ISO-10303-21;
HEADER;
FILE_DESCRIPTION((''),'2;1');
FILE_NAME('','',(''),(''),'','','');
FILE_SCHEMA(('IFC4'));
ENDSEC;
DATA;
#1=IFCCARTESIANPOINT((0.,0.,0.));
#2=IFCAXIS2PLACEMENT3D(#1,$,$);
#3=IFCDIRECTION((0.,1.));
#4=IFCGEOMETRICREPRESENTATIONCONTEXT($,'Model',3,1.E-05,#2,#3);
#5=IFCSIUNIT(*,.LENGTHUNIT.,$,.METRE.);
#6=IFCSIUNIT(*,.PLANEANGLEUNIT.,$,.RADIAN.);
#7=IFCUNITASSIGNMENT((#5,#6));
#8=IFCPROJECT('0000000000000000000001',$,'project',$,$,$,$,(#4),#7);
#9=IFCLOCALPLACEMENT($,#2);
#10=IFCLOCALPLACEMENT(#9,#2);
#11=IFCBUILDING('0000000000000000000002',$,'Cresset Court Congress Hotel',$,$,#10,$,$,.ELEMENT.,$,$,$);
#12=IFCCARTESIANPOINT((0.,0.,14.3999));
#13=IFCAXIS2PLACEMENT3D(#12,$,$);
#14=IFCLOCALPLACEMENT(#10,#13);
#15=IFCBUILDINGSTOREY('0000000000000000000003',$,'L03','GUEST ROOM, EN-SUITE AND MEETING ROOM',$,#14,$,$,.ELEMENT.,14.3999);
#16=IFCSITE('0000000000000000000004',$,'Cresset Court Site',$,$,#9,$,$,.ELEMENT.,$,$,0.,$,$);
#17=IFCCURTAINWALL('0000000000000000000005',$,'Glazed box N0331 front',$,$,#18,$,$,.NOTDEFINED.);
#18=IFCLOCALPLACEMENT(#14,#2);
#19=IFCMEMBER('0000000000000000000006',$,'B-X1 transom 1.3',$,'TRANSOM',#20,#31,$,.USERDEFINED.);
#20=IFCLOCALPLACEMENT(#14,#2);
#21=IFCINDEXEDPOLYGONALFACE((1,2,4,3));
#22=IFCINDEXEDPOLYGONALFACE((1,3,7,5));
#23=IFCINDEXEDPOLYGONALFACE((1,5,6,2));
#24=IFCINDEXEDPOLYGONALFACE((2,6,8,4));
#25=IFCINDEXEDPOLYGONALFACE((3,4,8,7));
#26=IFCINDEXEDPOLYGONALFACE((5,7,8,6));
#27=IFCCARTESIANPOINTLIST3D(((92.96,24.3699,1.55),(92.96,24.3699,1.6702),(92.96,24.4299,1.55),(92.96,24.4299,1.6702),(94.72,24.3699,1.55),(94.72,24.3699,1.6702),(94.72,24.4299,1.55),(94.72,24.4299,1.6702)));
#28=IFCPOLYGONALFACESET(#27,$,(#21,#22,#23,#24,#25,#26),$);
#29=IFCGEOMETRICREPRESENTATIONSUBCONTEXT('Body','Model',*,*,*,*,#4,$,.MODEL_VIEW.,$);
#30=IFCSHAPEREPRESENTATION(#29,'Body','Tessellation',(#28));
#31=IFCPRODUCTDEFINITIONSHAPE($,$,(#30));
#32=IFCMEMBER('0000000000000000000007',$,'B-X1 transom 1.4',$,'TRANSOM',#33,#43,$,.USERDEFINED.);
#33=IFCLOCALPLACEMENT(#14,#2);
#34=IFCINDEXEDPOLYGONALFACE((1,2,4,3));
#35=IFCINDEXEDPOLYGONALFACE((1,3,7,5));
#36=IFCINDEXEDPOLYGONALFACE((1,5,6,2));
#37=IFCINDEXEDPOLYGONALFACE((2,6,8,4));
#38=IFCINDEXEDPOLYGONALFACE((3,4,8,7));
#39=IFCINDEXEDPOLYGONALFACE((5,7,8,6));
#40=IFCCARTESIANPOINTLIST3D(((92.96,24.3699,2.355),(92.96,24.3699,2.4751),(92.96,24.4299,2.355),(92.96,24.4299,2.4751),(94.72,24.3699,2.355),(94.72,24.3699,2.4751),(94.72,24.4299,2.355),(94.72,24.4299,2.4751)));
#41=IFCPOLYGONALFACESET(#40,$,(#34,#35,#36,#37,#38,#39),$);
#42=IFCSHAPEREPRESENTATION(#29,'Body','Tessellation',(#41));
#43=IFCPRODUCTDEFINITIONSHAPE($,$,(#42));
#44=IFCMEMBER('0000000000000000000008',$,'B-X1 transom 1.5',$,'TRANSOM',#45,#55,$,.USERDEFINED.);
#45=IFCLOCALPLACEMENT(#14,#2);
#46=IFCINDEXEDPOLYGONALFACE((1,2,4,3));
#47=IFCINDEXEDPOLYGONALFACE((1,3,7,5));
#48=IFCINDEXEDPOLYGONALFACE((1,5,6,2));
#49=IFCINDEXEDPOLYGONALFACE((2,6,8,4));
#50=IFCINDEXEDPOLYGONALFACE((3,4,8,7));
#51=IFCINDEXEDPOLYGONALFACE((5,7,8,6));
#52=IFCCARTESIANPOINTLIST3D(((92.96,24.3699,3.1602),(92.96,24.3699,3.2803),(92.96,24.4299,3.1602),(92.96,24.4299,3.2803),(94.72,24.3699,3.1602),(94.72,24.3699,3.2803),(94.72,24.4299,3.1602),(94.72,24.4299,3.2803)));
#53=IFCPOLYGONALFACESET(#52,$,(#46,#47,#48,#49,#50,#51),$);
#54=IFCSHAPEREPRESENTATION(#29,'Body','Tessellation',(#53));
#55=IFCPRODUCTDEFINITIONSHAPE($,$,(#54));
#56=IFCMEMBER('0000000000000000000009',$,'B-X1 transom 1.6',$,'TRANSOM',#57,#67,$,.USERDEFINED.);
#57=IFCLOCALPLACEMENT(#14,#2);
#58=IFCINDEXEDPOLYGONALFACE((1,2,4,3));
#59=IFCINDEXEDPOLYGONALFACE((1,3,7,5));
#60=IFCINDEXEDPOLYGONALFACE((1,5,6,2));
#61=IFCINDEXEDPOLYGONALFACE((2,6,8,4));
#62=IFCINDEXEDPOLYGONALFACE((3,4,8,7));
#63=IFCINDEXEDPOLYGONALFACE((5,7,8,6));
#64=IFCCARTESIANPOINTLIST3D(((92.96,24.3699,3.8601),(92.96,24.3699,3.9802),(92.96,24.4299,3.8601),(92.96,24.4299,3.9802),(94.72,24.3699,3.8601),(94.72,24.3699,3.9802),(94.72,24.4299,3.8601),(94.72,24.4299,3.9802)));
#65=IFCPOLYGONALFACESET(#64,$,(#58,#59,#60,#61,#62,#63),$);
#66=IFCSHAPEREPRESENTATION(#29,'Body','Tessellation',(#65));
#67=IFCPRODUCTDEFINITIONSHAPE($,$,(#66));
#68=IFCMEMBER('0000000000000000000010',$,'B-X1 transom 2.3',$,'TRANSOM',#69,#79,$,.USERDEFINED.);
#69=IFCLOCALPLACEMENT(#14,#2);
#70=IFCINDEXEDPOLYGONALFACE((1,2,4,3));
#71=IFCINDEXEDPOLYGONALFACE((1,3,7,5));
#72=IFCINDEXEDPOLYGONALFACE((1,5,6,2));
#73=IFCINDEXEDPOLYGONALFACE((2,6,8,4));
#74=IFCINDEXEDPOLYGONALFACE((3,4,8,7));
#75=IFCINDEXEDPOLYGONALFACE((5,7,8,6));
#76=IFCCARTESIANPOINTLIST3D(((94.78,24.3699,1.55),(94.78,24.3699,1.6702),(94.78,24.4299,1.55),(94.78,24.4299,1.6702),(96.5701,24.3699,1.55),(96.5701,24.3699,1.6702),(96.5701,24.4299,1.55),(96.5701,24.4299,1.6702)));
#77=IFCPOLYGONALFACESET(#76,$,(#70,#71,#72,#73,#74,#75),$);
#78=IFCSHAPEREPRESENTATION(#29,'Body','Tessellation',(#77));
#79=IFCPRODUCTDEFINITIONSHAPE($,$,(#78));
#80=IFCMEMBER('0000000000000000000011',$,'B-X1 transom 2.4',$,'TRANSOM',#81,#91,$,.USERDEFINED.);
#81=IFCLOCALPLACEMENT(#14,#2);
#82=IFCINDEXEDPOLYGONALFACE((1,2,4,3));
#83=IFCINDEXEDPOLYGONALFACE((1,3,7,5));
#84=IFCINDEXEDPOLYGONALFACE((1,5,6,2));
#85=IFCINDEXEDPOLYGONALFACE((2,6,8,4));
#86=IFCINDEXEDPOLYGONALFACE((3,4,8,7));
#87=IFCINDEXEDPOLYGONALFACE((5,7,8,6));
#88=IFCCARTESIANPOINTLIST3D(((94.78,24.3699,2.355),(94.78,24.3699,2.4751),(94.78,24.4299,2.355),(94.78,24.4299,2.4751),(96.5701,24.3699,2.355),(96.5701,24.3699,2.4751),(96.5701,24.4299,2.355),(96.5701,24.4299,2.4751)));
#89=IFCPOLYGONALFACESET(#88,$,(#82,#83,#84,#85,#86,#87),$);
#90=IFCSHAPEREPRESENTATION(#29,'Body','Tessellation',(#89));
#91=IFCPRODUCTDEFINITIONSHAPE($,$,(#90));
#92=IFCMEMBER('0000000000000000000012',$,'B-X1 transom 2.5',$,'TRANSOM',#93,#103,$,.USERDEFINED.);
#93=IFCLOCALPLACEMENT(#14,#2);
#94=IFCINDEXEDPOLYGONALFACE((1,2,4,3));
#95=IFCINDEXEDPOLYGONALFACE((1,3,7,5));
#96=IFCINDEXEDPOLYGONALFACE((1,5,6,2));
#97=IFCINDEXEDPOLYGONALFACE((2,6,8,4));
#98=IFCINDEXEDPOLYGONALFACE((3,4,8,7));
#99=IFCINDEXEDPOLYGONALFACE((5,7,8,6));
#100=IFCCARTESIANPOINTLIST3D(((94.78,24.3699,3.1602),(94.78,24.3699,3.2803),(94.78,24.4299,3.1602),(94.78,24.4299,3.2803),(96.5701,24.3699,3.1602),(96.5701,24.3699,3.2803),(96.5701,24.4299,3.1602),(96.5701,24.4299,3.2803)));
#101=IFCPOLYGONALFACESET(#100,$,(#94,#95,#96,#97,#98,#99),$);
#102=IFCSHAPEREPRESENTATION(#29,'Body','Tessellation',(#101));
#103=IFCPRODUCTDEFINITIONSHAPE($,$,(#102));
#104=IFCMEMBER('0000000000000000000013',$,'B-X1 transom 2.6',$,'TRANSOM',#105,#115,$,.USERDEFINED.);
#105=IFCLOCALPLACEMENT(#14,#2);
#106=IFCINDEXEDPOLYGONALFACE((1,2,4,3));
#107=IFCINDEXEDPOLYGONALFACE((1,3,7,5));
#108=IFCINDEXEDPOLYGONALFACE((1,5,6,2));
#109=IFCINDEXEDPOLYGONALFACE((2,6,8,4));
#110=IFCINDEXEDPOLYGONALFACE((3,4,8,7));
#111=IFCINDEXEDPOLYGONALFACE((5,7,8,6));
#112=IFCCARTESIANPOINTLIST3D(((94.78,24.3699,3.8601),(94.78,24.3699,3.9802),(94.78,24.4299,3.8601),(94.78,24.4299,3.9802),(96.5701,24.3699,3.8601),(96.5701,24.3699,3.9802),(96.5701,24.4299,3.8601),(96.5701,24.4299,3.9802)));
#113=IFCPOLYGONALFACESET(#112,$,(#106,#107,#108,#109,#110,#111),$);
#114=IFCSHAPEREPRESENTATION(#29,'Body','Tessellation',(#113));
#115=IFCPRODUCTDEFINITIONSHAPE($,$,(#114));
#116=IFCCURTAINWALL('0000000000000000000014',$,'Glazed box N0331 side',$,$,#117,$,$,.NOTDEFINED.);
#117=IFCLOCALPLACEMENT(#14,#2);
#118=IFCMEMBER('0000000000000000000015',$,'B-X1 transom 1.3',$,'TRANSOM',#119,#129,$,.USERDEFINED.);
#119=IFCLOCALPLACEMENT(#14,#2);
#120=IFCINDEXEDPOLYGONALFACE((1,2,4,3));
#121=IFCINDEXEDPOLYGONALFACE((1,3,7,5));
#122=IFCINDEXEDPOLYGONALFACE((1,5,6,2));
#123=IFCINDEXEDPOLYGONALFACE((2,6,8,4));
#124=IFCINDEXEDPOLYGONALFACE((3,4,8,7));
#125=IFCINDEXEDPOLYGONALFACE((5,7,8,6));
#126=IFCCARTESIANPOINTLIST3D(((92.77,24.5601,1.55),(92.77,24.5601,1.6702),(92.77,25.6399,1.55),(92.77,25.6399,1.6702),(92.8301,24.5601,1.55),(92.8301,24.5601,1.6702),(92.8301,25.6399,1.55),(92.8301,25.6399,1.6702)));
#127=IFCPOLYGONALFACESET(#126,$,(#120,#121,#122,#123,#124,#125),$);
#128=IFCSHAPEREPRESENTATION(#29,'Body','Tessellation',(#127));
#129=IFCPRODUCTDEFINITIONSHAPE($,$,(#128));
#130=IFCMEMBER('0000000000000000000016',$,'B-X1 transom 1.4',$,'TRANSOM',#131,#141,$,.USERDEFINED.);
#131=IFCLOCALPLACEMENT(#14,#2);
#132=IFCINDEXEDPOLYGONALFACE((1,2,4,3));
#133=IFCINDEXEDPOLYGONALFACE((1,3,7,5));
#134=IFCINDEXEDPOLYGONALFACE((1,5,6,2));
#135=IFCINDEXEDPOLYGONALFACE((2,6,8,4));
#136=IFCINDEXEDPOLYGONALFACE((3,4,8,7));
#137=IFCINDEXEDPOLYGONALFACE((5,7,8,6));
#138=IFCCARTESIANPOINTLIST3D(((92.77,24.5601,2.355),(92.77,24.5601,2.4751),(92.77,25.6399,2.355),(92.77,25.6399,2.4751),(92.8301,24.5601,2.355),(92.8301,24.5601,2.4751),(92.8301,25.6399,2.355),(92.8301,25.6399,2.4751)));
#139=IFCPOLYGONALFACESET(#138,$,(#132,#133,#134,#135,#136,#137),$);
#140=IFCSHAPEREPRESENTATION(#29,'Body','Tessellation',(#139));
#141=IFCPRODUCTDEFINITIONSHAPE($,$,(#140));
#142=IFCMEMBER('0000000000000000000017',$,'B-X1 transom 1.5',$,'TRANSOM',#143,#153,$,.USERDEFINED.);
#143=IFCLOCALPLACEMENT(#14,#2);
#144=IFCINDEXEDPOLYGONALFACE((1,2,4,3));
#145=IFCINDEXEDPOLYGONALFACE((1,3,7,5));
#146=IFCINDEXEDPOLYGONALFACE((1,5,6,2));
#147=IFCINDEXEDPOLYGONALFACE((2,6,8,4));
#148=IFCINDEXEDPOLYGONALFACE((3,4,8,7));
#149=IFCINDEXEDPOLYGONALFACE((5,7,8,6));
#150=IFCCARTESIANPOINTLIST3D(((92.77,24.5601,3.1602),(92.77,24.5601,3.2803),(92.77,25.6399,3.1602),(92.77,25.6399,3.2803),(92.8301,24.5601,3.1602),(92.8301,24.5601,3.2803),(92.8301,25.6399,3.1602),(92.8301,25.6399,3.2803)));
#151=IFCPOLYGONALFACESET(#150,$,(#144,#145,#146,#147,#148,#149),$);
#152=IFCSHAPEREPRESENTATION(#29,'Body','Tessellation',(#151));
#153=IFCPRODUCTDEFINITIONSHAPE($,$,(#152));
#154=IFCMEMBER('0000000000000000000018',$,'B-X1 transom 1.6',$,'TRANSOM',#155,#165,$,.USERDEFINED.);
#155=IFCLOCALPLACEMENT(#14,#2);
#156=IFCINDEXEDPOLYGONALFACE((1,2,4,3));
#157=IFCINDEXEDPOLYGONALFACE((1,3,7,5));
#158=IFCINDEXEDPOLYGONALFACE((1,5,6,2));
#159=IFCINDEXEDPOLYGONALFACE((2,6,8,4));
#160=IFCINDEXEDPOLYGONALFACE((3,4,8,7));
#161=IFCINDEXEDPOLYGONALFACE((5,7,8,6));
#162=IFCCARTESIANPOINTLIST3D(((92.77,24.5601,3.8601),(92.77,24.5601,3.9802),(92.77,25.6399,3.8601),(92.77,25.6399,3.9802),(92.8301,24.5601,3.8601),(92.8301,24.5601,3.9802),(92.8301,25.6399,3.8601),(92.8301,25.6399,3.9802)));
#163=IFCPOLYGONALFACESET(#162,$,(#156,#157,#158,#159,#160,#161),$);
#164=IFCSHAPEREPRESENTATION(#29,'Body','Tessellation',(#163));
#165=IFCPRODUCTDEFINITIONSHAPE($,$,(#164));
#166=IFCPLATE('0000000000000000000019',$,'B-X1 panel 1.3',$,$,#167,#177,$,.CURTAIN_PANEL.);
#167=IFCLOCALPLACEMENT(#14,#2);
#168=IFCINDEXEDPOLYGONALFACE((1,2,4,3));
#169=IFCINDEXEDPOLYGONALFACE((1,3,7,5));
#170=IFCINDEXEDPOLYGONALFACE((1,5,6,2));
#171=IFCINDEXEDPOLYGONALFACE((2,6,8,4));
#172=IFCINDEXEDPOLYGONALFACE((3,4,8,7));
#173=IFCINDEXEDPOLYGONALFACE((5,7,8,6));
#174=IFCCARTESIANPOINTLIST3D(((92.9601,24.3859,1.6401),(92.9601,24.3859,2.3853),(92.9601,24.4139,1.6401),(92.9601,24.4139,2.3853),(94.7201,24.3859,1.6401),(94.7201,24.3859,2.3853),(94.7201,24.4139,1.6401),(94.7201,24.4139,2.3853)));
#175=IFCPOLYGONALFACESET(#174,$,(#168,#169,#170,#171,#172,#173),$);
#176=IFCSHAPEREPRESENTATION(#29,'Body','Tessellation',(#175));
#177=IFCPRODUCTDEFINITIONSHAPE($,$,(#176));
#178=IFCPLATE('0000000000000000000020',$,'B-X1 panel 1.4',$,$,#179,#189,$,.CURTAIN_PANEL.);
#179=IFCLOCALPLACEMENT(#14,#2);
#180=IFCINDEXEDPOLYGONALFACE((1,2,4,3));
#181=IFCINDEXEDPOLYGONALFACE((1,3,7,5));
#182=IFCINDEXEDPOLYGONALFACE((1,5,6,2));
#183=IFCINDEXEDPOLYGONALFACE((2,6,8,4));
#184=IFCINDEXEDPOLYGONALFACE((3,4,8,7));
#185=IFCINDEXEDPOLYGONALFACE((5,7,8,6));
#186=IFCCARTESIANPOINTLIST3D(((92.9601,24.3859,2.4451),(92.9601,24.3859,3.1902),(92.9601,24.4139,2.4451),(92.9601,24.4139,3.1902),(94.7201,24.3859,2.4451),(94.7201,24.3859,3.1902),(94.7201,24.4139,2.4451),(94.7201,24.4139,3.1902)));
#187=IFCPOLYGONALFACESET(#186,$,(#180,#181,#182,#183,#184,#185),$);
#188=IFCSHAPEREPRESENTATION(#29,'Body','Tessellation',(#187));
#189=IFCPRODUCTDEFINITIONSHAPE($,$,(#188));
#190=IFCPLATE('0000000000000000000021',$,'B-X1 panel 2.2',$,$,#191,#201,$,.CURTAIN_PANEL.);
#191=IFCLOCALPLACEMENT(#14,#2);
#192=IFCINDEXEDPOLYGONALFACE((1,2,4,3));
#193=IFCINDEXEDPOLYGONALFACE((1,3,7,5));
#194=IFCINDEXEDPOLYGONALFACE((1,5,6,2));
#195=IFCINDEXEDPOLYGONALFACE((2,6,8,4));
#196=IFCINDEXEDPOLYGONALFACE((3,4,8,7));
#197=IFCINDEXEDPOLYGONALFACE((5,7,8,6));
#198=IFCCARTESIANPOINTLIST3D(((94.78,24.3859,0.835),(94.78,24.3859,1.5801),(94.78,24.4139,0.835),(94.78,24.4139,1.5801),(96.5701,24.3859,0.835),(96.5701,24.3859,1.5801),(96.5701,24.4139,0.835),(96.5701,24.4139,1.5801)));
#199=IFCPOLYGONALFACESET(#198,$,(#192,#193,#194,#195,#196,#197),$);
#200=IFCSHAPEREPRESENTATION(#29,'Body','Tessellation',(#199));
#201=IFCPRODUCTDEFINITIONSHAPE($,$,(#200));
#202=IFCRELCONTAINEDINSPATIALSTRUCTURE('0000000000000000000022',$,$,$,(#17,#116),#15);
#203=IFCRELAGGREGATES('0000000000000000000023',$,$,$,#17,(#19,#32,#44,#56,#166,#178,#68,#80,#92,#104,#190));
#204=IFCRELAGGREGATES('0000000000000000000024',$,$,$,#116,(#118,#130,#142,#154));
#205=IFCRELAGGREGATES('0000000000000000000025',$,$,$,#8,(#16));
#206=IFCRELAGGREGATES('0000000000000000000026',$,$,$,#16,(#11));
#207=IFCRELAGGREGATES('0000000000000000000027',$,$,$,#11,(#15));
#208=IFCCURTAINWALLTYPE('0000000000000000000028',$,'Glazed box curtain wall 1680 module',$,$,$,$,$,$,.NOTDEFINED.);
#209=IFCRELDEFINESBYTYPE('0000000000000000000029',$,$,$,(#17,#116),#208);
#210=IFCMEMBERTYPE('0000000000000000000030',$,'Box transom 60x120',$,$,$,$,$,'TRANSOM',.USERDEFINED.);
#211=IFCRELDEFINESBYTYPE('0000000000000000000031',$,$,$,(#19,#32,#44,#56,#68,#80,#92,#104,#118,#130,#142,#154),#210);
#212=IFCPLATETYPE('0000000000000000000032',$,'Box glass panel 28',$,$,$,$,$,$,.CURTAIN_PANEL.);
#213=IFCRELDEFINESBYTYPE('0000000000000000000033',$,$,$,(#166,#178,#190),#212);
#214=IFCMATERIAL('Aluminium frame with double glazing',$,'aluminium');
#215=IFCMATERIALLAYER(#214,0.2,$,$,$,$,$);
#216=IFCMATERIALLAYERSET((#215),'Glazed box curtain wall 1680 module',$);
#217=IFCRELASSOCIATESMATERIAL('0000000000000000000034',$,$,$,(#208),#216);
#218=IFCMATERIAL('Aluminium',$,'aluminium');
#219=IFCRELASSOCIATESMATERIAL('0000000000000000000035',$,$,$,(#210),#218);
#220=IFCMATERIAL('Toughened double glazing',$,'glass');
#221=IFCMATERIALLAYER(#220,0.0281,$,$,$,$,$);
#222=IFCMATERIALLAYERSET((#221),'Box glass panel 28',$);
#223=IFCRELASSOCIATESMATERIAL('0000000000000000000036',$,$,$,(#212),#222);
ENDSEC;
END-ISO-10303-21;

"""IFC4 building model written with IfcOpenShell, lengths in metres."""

from ifc_helpers import new_model, si_unit, direction, frame, origin, origin_2d, place, context, subcontext, project, spatial, rectangle, extrude, material, layer, layer_set, material_profile, profile_set, type_object, element, aggregate, save


model = new_model("IFC4")

# Units and contexts
model_context = context("Model", 3, precision=1e-05, world=origin(), true_north=direction((0.0, 1.0)))
body_context = subcontext(model_context, "Body", "Model", "MODEL_VIEW")
ifc_project = project(units=[si_unit("LENGTHUNIT", "METRE"), si_unit("PLANEANGLEUNIT", "RADIAN")], contexts=[model_context])

# Site, building, storey
site_placement = place(None, origin())
site = spatial("IfcSite", under=ifc_project, at=site_placement, Name="Cresset Court Site", CompositionType="ELEMENT", RefElevation=0.0)
building_placement = place(site_placement, origin())
building = spatial("IfcBuilding", under=site, at=building_placement, Name="Cresset Court Congress Hotel", CompositionType="ELEMENT")
storey_placement = place(building_placement, frame((0.0, 0.0, 14.3999)))
storey = spatial("IfcBuildingStorey", under=building, at=storey_placement, Name="L03", Description="GUEST ROOM, EN-SUITE AND MEETING ROOM", CompositionType="ELEMENT", Elevation=14.3999)

# Curtain walls, members
ifc_material_1 = material(Name="Aluminium frame with double glazing", Category="aluminium")
ifc_layer_1 = layer(ifc_material_1, 0.2)
ifc_layer_set_1 = layer_set([ifc_layer_1], Name="Glazed box curtain wall 1680 module")
curtain_wall_type = type_object("IfcCurtainWallType", Name="Glazed box curtain wall 1680 module", PredefinedType="NOTDEFINED", material=ifc_layer_set_1)
curtain_wall_1_placement = place(storey_placement, origin())
curtain_wall_1 = element("IfcCurtainWall", 1, at=curtain_wall_1_placement, inside=storey, type_object=curtain_wall_type, Name="Glazed box N0331 front", PredefinedType="NOTDEFINED")
ifc_material_2 = material(Name="Aluminium", Category="aluminium")
ifc_material_profile = material_profile(ifc_material_2, rectangle(XDim=0.0601, YDim=0.1201, at=origin_2d()), Name="Box transom 60x120")
ifc_profile_set = profile_set([ifc_material_profile], Name="Aluminium")
member_type = type_object("IfcMemberType", Name="Box transom 60x120", ElementType="TRANSOM", PredefinedType="USERDEFINED", material=ifc_profile_set)
member_1_placement = place(storey_placement, frame((92.96, 24.3999, 1.6101), z_axis=(1.0, 0.0, 0.0), x_axis=(0.0, 1.0, 0.0)))
member_1 = element("IfcMember", 2, at=member_1_placement, type_object=member_type, Name="B-X1 transom 1.3", ObjectType="TRANSOM", PredefinedType="USERDEFINED", context=body_context, shape_type="SweptSolid", body=[
    extrude(rectangle(XDim=0.0601, YDim=0.1201, at=origin_2d()), origin(), (0.0, 0.0, 1.0), 1.76),
])
member_2_placement = place(storey_placement, frame((92.96, 24.3999, 2.415), z_axis=(1.0, 0.0, 0.0), x_axis=(0.0, 1.0, 0.0)))
member_2 = element("IfcMember", 3, at=member_2_placement, type_object=member_type, Name="B-X1 transom 1.4", ObjectType="TRANSOM", PredefinedType="USERDEFINED", context=body_context, shape_type="SweptSolid", body=[
    extrude(rectangle(XDim=0.0601, YDim=0.1201, at=origin_2d()), origin(), (0.0, 0.0, 1.0), 1.76),
])
member_3_placement = place(storey_placement, frame((92.96, 24.3999, 3.2202), z_axis=(1.0, 0.0, 0.0), x_axis=(0.0, 1.0, 0.0)))
member_3 = element("IfcMember", 4, at=member_3_placement, type_object=member_type, Name="B-X1 transom 1.5", ObjectType="TRANSOM", PredefinedType="USERDEFINED", context=body_context, shape_type="SweptSolid", body=[
    extrude(rectangle(XDim=0.0601, YDim=0.1201, at=origin_2d()), origin(), (0.0, 0.0, 1.0), 1.76),
])
member_4_placement = place(storey_placement, frame((92.96, 24.3999, 3.9202), z_axis=(1.0, 0.0, 0.0), x_axis=(0.0, 1.0, 0.0)))
member_4 = element("IfcMember", 5, at=member_4_placement, type_object=member_type, Name="B-X1 transom 1.6", ObjectType="TRANSOM", PredefinedType="USERDEFINED", context=body_context, shape_type="SweptSolid", body=[
    extrude(rectangle(XDim=0.0601, YDim=0.1201, at=origin_2d()), origin(), (0.0, 0.0, 1.0), 1.76),
])
member_5_placement = place(storey_placement, frame((94.78, 24.3999, 1.6101), z_axis=(1.0, 0.0, 0.0), x_axis=(0.0, 1.0, 0.0)))
member_5 = element("IfcMember", 6, at=member_5_placement, type_object=member_type, Name="B-X1 transom 2.3", ObjectType="TRANSOM", PredefinedType="USERDEFINED", context=body_context, shape_type="SweptSolid", body=[
    extrude(rectangle(XDim=0.0601, YDim=0.1201, at=origin_2d()), origin(), (0.0, 0.0, 1.0), 1.79),
])
member_6_placement = place(storey_placement, frame((94.78, 24.3999, 2.415), z_axis=(1.0, 0.0, 0.0), x_axis=(0.0, 1.0, 0.0)))
member_6 = element("IfcMember", 7, at=member_6_placement, type_object=member_type, Name="B-X1 transom 2.4", ObjectType="TRANSOM", PredefinedType="USERDEFINED", context=body_context, shape_type="SweptSolid", body=[
    extrude(rectangle(XDim=0.0601, YDim=0.1201, at=origin_2d()), origin(), (0.0, 0.0, 1.0), 1.79),
])
member_7_placement = place(storey_placement, frame((94.78, 24.3999, 3.2202), z_axis=(1.0, 0.0, 0.0), x_axis=(0.0, 1.0, 0.0)))
member_7 = element("IfcMember", 8, at=member_7_placement, type_object=member_type, Name="B-X1 transom 2.5", ObjectType="TRANSOM", PredefinedType="USERDEFINED", context=body_context, shape_type="SweptSolid", body=[
    extrude(rectangle(XDim=0.0601, YDim=0.1201, at=origin_2d()), origin(), (0.0, 0.0, 1.0), 1.79),
])
member_8_placement = place(storey_placement, frame((94.78, 24.3999, 3.9202), z_axis=(1.0, 0.0, 0.0), x_axis=(0.0, 1.0, 0.0)))
member_8 = element("IfcMember", 9, at=member_8_placement, type_object=member_type, Name="B-X1 transom 2.6", ObjectType="TRANSOM", PredefinedType="USERDEFINED", context=body_context, shape_type="SweptSolid", body=[
    extrude(rectangle(XDim=0.0601, YDim=0.1201, at=origin_2d()), origin(), (0.0, 0.0, 1.0), 1.79),
])
curtain_wall_2_placement = place(storey_placement, origin())
curtain_wall_2 = element("IfcCurtainWall", 10, at=curtain_wall_2_placement, inside=storey, type_object=curtain_wall_type, Name="Glazed box N0331 side", PredefinedType="NOTDEFINED")
member_9_placement = place(storey_placement, frame((92.8, 25.6399, 1.6101), z_axis=(0.0, -1.0, 0.0), x_axis=(1.0, 0.0, 0.0)))
member_9 = element("IfcMember", 11, at=member_9_placement, type_object=member_type, Name="B-X1 transom 1.3", ObjectType="TRANSOM", PredefinedType="USERDEFINED", context=body_context, shape_type="SweptSolid", body=[
    extrude(rectangle(XDim=0.0601, YDim=0.1201, at=origin_2d()), origin(), (0.0, 0.0, 1.0), 1.0798),
])
member_10_placement = place(storey_placement, frame((92.8, 25.6399, 2.415), z_axis=(0.0, -1.0, 0.0), x_axis=(1.0, 0.0, 0.0)))
member_10 = element("IfcMember", 12, at=member_10_placement, type_object=member_type, Name="B-X1 transom 1.4", ObjectType="TRANSOM", PredefinedType="USERDEFINED", context=body_context, shape_type="SweptSolid", body=[
    extrude(rectangle(XDim=0.0601, YDim=0.1201, at=origin_2d()), origin(), (0.0, 0.0, 1.0), 1.0798),
])
member_11_placement = place(storey_placement, frame((92.8, 25.6399, 3.2202), z_axis=(0.0, -1.0, 0.0), x_axis=(1.0, 0.0, 0.0)))
member_11 = element("IfcMember", 13, at=member_11_placement, type_object=member_type, Name="B-X1 transom 1.5", ObjectType="TRANSOM", PredefinedType="USERDEFINED", context=body_context, shape_type="SweptSolid", body=[
    extrude(rectangle(XDim=0.0601, YDim=0.1201, at=origin_2d()), origin(), (0.0, 0.0, 1.0), 1.0798),
])
member_12_placement = place(storey_placement, frame((92.8, 25.6399, 3.9202), z_axis=(0.0, -1.0, 0.0), x_axis=(1.0, 0.0, 0.0)))
member_12 = element("IfcMember", 14, at=member_12_placement, type_object=member_type, Name="B-X1 transom 1.6", ObjectType="TRANSOM", PredefinedType="USERDEFINED", context=body_context, shape_type="SweptSolid", body=[
    extrude(rectangle(XDim=0.0601, YDim=0.1201, at=origin_2d()), origin(), (0.0, 0.0, 1.0), 1.0798),
])

# Plates
ifc_material_3 = material(Name="Toughened double glazing", Category="glass")
ifc_layer_2 = layer(ifc_material_3, 0.0281)
ifc_layer_set_2 = layer_set([ifc_layer_2], Name="Box glass panel 28")
plate_type_1 = type_object("IfcPlateType", Name="Box glass panel 28", PredefinedType="CURTAIN_PANEL", material=ifc_layer_set_2)
plate_1_placement = place(storey_placement, frame((93.8401, 24.3999, 1.6401), z_axis=(0.0, 0.0, 1.0), x_axis=(1.0, 0.0, 0.0)))
plate_1 = element("IfcPlate", 15, at=plate_1_placement, type_object=plate_type_1, Name="B-X1 panel 1.3", PredefinedType="CURTAIN_PANEL", context=body_context, shape_type="SweptSolid", body=[
    extrude(rectangle(XDim=1.76, YDim=0.0281, at=origin_2d()), origin(), (0.0, 0.0, 1.0), 0.7451),
])
plate_2_placement = place(storey_placement, frame((93.8401, 24.3999, 2.4451), z_axis=(0.0, 0.0, 1.0), x_axis=(1.0, 0.0, 0.0)))
plate_2 = element("IfcPlate", 16, at=plate_2_placement, type_object=plate_type_1, Name="B-X1 panel 1.4", PredefinedType="CURTAIN_PANEL", context=body_context, shape_type="SweptSolid", body=[
    extrude(rectangle(XDim=1.76, YDim=0.0281, at=origin_2d()), origin(), (0.0, 0.0, 1.0), 0.7451),
])
plate_3_placement = place(storey_placement, frame((95.675, 24.3999, 0.835), z_axis=(0.0, 0.0, 1.0), x_axis=(1.0, 0.0, 0.0)))
plate_3 = element("IfcPlate", 17, at=plate_3_placement, type_object=plate_type_1, Name="B-X1 panel 2.2", PredefinedType="CURTAIN_PANEL", context=body_context, shape_type="SweptSolid", body=[
    extrude(rectangle(XDim=1.79, YDim=0.0281, at=origin_2d()), origin(), (0.0, 0.0, 1.0), 0.7451),
])
aggregate(curtain_wall_1, [member_1, member_2, member_3, member_4, plate_1, plate_2, member_5, member_6, member_7, member_8, plate_3])
aggregate(curtain_wall_2, [member_9, member_10, member_11, member_12])

save(model, "model.ifc")
